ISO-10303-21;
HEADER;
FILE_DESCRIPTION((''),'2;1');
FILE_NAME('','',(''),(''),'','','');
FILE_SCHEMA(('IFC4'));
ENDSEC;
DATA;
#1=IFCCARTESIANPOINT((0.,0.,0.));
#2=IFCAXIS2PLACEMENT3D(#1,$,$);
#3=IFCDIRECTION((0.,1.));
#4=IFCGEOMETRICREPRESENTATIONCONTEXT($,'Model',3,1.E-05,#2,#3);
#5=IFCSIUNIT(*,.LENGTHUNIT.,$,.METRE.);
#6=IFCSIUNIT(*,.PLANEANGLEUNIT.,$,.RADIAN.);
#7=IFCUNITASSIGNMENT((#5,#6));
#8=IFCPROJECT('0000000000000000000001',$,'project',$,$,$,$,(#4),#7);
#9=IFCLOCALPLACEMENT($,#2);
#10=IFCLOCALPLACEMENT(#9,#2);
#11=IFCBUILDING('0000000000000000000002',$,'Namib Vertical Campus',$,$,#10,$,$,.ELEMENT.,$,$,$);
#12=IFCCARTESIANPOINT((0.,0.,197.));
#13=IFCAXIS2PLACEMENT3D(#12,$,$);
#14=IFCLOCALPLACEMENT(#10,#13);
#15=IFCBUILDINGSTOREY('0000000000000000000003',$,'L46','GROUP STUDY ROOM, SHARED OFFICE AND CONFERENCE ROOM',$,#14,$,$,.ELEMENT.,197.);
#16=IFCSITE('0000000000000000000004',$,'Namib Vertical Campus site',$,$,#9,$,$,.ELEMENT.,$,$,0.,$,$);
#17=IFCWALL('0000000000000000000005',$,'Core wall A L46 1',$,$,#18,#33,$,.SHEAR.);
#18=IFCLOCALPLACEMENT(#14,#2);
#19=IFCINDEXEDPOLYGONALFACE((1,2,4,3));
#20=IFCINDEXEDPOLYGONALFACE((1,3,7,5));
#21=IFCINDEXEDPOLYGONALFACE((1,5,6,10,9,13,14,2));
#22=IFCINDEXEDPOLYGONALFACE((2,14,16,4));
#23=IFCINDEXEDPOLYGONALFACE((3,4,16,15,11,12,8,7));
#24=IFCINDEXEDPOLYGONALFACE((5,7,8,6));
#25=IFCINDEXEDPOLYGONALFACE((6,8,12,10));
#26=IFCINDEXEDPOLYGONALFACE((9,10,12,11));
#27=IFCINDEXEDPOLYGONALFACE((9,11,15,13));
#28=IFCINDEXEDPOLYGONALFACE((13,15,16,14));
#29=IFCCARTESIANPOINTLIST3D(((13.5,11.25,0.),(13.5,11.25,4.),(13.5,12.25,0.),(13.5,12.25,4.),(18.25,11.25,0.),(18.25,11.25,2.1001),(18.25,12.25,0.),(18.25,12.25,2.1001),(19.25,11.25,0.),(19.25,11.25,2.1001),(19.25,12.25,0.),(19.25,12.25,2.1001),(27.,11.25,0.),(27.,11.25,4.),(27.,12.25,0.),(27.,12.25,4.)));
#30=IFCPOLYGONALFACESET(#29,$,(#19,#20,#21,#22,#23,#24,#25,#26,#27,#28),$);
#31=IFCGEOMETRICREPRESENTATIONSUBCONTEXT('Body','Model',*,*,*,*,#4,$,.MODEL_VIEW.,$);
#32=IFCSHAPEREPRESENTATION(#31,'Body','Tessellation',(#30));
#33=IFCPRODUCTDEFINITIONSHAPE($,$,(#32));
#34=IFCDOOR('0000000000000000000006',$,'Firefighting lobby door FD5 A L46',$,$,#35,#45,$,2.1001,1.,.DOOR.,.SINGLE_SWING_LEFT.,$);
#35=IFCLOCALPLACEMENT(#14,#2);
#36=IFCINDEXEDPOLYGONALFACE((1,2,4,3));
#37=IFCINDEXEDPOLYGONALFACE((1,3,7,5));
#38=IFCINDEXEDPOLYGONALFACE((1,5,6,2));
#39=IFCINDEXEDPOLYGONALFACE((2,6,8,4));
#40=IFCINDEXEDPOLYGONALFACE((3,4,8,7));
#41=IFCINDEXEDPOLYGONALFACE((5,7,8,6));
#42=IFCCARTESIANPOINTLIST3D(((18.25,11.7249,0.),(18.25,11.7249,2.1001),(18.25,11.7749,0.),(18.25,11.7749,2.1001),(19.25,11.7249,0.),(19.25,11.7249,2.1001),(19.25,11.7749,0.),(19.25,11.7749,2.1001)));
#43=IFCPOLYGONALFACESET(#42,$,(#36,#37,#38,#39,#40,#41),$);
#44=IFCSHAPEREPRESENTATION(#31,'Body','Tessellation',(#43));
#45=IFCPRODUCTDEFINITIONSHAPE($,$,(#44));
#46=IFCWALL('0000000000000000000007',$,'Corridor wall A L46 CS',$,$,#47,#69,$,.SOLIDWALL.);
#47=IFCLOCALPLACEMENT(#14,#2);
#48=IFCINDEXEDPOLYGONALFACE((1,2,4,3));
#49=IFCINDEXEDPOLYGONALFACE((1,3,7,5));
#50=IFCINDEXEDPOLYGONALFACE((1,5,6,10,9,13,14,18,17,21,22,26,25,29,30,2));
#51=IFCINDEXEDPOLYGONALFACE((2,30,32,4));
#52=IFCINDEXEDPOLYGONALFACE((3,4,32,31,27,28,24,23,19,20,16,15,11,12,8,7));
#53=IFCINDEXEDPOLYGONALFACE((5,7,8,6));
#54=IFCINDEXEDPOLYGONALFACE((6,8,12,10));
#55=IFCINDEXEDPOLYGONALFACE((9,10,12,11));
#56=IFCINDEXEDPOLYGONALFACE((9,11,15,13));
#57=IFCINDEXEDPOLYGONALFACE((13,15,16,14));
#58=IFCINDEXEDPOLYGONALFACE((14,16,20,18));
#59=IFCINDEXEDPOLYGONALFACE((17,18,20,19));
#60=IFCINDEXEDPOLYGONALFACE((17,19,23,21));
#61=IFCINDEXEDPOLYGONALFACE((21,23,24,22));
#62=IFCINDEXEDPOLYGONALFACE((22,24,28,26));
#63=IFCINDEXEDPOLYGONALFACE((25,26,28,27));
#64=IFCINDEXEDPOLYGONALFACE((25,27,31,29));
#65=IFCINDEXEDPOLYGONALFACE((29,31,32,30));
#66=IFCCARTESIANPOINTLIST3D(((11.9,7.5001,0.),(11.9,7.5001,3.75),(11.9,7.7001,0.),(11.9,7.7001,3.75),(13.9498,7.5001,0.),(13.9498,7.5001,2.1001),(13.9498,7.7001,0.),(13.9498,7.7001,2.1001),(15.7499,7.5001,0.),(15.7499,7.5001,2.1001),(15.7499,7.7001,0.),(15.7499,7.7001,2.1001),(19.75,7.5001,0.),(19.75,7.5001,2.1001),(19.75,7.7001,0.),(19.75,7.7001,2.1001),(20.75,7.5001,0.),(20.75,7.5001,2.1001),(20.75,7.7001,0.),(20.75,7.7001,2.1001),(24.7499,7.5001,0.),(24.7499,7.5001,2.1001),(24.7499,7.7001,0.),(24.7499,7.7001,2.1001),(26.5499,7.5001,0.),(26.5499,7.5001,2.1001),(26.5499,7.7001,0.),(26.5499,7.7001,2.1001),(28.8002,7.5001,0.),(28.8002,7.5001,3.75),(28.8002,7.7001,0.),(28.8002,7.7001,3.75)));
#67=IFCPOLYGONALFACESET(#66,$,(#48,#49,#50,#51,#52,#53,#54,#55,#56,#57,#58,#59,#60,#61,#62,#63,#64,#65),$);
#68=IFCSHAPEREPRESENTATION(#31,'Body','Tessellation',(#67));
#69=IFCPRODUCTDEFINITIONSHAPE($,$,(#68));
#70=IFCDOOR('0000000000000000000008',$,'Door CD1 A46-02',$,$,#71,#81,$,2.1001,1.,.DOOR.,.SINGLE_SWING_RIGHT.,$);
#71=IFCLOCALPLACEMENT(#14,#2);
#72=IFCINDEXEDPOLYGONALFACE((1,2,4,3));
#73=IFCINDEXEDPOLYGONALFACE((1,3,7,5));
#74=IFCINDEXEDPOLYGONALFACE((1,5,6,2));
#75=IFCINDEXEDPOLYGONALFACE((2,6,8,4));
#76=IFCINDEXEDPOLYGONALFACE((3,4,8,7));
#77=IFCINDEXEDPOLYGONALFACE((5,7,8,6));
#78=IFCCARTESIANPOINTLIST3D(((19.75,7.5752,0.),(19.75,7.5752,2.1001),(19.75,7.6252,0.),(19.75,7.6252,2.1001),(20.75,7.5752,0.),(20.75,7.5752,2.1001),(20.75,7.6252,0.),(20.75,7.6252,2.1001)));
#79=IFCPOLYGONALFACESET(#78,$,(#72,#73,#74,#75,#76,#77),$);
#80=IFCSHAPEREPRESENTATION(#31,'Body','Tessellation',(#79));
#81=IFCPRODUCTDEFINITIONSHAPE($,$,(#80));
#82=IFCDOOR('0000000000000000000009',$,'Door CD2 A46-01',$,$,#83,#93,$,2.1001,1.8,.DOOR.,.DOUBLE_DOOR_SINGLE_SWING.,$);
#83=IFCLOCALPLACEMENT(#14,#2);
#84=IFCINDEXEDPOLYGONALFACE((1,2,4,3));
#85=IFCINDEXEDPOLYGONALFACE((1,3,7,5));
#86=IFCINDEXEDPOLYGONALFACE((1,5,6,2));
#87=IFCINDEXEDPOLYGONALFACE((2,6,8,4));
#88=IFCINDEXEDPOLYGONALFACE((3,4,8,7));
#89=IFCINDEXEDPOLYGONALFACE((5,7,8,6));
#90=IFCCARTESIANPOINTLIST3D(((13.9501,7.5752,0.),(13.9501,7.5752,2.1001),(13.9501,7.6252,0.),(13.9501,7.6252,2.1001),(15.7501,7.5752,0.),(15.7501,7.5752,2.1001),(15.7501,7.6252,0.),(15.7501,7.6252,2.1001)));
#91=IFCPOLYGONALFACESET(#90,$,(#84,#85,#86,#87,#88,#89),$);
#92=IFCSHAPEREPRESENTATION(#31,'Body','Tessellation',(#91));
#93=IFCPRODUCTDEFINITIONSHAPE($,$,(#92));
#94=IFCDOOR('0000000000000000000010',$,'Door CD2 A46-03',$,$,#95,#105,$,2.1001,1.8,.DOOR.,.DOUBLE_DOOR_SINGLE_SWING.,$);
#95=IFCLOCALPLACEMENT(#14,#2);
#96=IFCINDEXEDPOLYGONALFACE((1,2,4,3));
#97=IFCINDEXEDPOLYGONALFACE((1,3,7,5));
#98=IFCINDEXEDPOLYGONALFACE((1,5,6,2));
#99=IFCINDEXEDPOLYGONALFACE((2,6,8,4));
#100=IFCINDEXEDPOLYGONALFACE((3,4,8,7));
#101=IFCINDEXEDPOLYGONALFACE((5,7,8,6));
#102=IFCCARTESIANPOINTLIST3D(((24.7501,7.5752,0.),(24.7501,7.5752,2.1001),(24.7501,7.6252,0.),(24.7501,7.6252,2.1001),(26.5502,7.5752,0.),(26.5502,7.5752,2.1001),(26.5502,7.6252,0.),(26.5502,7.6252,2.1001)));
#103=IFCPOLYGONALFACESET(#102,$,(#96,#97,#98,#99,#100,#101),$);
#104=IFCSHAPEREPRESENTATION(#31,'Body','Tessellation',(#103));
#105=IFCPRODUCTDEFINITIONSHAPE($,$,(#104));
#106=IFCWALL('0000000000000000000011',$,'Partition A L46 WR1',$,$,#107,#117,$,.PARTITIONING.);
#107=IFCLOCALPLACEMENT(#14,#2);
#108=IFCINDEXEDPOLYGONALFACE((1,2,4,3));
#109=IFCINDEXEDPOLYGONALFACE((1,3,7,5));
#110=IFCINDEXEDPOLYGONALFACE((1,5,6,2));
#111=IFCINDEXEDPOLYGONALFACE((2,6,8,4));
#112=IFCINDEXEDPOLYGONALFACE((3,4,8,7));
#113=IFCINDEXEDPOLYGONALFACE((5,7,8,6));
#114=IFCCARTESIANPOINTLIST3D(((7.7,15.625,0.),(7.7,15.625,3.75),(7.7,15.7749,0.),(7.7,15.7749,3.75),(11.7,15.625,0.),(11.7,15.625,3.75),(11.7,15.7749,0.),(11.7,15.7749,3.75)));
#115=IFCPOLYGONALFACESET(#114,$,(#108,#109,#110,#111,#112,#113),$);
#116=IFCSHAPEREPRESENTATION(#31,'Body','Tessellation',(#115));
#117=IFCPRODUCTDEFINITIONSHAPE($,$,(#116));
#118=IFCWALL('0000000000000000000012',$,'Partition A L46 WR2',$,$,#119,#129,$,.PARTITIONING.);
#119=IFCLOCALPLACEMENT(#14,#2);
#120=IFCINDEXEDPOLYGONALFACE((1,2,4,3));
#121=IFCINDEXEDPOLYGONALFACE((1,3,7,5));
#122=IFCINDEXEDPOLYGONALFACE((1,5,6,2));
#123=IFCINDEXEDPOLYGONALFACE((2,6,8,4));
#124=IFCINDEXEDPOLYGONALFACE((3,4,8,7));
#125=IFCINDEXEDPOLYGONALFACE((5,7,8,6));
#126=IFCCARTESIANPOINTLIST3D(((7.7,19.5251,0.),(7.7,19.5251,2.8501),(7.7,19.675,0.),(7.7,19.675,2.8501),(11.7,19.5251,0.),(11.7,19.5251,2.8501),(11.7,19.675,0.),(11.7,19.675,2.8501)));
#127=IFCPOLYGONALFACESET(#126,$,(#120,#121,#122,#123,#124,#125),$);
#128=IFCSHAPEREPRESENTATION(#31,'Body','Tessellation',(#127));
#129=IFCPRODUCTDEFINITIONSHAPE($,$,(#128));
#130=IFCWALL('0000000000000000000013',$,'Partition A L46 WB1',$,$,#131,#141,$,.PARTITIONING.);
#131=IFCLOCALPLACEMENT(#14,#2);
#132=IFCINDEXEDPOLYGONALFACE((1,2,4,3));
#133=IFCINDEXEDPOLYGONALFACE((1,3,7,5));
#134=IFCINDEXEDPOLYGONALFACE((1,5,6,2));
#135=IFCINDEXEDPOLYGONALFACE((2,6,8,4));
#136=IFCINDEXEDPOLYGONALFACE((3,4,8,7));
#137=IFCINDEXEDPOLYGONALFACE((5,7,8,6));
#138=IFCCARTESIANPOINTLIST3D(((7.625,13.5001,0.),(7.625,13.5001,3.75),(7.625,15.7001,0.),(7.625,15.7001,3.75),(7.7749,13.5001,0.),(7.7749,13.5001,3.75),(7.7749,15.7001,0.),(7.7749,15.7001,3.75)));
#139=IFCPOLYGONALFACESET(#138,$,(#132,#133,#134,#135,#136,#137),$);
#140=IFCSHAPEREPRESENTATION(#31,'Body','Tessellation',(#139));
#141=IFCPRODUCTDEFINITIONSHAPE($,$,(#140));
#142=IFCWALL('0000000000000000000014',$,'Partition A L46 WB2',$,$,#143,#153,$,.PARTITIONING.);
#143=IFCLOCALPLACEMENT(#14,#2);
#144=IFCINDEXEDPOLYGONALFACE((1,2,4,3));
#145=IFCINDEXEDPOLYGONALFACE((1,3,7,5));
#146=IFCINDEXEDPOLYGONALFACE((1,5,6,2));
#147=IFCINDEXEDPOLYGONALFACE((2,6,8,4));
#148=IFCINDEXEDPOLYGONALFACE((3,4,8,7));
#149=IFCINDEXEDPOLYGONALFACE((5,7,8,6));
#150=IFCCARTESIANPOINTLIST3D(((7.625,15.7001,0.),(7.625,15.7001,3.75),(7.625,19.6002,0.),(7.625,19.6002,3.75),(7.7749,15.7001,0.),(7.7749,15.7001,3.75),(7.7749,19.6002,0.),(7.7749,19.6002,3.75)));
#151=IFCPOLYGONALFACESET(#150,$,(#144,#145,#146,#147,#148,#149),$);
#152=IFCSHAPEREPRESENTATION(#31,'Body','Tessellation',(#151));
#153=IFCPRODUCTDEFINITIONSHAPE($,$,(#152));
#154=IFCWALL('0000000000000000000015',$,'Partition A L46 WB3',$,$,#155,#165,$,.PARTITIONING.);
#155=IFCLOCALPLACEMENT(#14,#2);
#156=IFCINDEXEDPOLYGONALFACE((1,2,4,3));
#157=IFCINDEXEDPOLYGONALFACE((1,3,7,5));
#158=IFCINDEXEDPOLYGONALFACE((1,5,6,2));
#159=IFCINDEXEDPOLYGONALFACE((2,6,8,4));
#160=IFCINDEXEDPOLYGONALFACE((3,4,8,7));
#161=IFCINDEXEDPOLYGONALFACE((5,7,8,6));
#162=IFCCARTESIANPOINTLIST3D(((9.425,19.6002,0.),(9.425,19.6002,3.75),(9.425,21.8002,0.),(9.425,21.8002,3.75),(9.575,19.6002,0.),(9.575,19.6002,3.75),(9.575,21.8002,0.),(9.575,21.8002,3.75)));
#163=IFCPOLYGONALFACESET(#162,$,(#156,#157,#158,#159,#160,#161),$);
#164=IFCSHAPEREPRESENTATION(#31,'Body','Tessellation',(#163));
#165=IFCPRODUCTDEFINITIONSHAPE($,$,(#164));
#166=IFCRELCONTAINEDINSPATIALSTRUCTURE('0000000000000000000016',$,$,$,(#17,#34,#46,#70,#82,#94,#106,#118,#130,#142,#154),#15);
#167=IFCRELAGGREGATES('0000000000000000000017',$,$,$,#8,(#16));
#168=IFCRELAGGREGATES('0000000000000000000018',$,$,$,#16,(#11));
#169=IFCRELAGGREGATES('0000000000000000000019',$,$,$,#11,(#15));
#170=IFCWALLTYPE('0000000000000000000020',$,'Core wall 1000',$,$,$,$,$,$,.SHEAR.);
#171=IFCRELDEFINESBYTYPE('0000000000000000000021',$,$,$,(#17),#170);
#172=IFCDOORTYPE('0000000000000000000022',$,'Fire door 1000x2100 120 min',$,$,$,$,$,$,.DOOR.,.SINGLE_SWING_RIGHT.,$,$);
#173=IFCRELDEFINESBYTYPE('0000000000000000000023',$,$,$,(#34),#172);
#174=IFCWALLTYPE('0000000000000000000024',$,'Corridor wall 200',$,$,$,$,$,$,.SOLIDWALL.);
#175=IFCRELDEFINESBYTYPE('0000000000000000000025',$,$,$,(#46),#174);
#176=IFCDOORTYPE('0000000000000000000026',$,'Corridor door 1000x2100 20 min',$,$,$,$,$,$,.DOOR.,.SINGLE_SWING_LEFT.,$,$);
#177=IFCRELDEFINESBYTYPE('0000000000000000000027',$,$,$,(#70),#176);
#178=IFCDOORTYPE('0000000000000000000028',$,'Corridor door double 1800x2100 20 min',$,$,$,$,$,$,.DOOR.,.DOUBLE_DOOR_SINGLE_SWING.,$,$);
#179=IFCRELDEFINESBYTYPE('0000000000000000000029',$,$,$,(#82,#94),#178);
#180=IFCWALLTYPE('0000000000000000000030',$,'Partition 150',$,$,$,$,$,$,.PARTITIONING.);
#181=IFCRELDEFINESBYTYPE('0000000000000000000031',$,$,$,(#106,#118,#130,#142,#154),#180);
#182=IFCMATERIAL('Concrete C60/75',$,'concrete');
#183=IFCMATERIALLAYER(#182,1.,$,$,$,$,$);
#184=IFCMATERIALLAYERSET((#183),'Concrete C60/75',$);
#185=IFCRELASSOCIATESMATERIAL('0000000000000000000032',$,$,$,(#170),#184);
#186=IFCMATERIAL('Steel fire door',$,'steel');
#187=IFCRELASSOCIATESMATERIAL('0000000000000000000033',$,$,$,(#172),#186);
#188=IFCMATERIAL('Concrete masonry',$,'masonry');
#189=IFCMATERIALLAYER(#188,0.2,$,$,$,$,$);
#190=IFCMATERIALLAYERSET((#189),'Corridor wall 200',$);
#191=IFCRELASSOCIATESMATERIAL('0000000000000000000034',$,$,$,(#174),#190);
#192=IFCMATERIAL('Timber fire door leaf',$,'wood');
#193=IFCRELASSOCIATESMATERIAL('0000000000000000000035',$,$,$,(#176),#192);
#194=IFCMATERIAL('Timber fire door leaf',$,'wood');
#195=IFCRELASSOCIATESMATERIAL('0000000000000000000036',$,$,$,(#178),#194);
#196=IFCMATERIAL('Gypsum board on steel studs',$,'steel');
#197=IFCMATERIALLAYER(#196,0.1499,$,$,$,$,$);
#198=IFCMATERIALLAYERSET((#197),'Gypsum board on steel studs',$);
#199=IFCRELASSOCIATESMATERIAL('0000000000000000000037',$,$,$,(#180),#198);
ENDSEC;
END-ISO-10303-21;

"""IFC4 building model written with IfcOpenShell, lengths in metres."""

from ifc_helpers import new_model, si_unit, direction, frame, frame_2d, origin, place, context, subcontext, project, spatial, rectangle, extrude, material, layer, layer_set, type_object, element, fill, save


model = new_model("IFC4")

# Units and contexts
model_context = context("Model", 3, precision=1e-05, world=origin(), true_north=direction((0.0, 1.0)))
body_context = subcontext(model_context, "Body", "Model", "MODEL_VIEW")
ifc_project = project(units=[si_unit("LENGTHUNIT", "METRE"), si_unit("PLANEANGLEUNIT", "RADIAN")], contexts=[model_context])

# Site, building, storey
site_placement = place(None, origin())
site = spatial("IfcSite", under=ifc_project, at=site_placement, Name="Namib Vertical Campus site", CompositionType="ELEMENT", RefElevation=0.0)
building_placement = place(site_placement, origin())
building = spatial("IfcBuilding", under=site, at=building_placement, Name="Namib Vertical Campus", CompositionType="ELEMENT")
storey_placement = place(building_placement, frame((0.0, 0.0, 197.0)))
storey = spatial("IfcBuildingStorey", under=building, at=storey_placement, Name="L46", Description="GROUP STUDY ROOM, SHARED OFFICE AND CONFERENCE ROOM", CompositionType="ELEMENT", Elevation=197.0)

# Wall, opening, door
ifc_material_1 = material(Name="Concrete C60/75", Category="concrete")
ifc_layer_1 = layer(ifc_material_1, 1.0)
ifc_layer_set_1 = layer_set([ifc_layer_1], Name="Concrete C60/75")
wall_type_1 = type_object("IfcWallType", Name="Core wall 1000", PredefinedType="SHEAR", material=ifc_layer_set_1)
wall_1_placement = place(storey_placement, frame((13.5, 11.75, 0.0), z_axis=(0.0, 0.0, 1.0), x_axis=(1.0, 0.0, 0.0)))
wall_1 = element("IfcWall", 1, at=wall_1_placement, inside=storey, type_object=wall_type_1, Name="Core wall A L46 1", PredefinedType="SHEAR", context=body_context, shape_type="SweptSolid", body=[
    extrude(rectangle(XDim=13.5, YDim=1.0, at=frame_2d((6.75, 0.0))), origin(), (0.0, 0.0, 1.0), 4.0),
])
opening_1_placement = place(wall_1_placement, frame((4.75, 0.0, 0.0)))
opening_1 = element("IfcOpeningElement", 2, at=opening_1_placement, cuts=wall_1, PredefinedType="OPENING", context=body_context, shape_type="SweptSolid", body=[
    extrude(rectangle(XDim=1.0, YDim=2.1001, at=frame_2d((0.5, 1.05))), frame((0.0, 0.51, 0.0), z_axis=(0.0, -1.0, 0.0), x_axis=(1.0, 0.0, 0.0)), (0.0, 0.0, 1.0), 1.02),
])
ifc_material_2 = material(Name="Steel fire door", Category="steel")
door_type_1 = type_object("IfcDoorType", Name="Fire door 1000x2100 120 min", OperationType="SINGLE_SWING_RIGHT", PredefinedType="DOOR", material=ifc_material_2)
door_1_placement = place(opening_1_placement, origin())
door_1 = element("IfcDoor", 3, at=door_1_placement, inside=storey, type_object=door_type_1, Name="Firefighting lobby door FD5 A L46", OperationType="SINGLE_SWING_LEFT", OverallHeight=2.1001, OverallWidth=1.0, PredefinedType="DOOR", context=body_context, shape_type="SweptSolid", body=[
    extrude(rectangle(XDim=1.0, YDim=2.1001, at=frame_2d((0.5, 1.05))), frame((0.0, 0.0249, 0.0), z_axis=(0.0, -1.0, 0.0), x_axis=(1.0, 0.0, 0.0)), (0.0, 0.0, 1.0), 0.05),
])
fill(opening_1, door_1)

# Wall, openings, doors
ifc_material_3 = material(Name="Concrete masonry", Category="masonry")
ifc_layer_2 = layer(ifc_material_3, 0.2)
ifc_layer_set_2 = layer_set([ifc_layer_2], Name="Corridor wall 200")
wall_type_2 = type_object("IfcWallType", Name="Corridor wall 200", PredefinedType="SOLIDWALL", material=ifc_layer_set_2)
wall_2_placement = place(storey_placement, frame((11.8999, 7.6001, 0.0), z_axis=(0.0, 0.0, 1.0), x_axis=(1.0, 0.0, 0.0)))
wall_2 = element("IfcWall", 4, at=wall_2_placement, inside=storey, type_object=wall_type_2, Name="Corridor wall A L46 CS", PredefinedType="SOLIDWALL", context=body_context, shape_type="SweptSolid", body=[
    extrude(rectangle(XDim=16.9001, YDim=0.2, at=frame_2d((8.4502, 0.0))), origin(), (0.0, 0.0, 1.0), 3.75),
])
opening_2_placement = place(wall_2_placement, frame((2.05, 0.0, 0.0)))
opening_2 = element("IfcOpeningElement", 5, at=opening_2_placement, cuts=wall_2, PredefinedType="OPENING", context=body_context, shape_type="SweptSolid", body=[
    extrude(rectangle(XDim=1.8, YDim=2.1001, at=frame_2d((0.8999, 1.05))), frame((0.0, 0.1099, 0.0), z_axis=(0.0, -1.0, 0.0), x_axis=(1.0, 0.0, 0.0)), (0.0, 0.0, 1.0), 0.22),
])
opening_3_placement = place(wall_2_placement, frame((7.8501, 0.0, 0.0)))
opening_3 = element("IfcOpeningElement", 6, at=opening_3_placement, cuts=wall_2, PredefinedType="OPENING", context=body_context, shape_type="SweptSolid", body=[
    extrude(rectangle(XDim=1.0, YDim=2.1001, at=frame_2d((0.5, 1.05))), frame((0.0, 0.1099, 0.0), z_axis=(0.0, -1.0, 0.0), x_axis=(1.0, 0.0, 0.0)), (0.0, 0.0, 1.0), 0.22),
])
opening_4_placement = place(wall_2_placement, frame((12.8501, 0.0, 0.0)))
opening_4 = element("IfcOpeningElement", 7, at=opening_4_placement, cuts=wall_2, PredefinedType="OPENING", context=body_context, shape_type="SweptSolid", body=[
    extrude(rectangle(XDim=1.8, YDim=2.1001, at=frame_2d((0.8999, 1.05))), frame((0.0, 0.1099, 0.0), z_axis=(0.0, -1.0, 0.0), x_axis=(1.0, 0.0, 0.0)), (0.0, 0.0, 1.0), 0.22),
])
ifc_material_4 = material(Name="Timber fire door leaf", Category="wood")
door_type_2 = type_object("IfcDoorType", Name="Corridor door 1000x2100 20 min", OperationType="SINGLE_SWING_LEFT", PredefinedType="DOOR", material=ifc_material_4)
door_2_placement = place(opening_3_placement, frame((1.0, 0.0, 0.0), z_axis=(0.0, 0.0, 1.0), x_axis=(-1.0, 0.0, 0.0)))
door_2 = element("IfcDoor", 8, at=door_2_placement, inside=storey, type_object=door_type_2, Name="Door CD1 A46-02", OperationType="SINGLE_SWING_RIGHT", OverallHeight=2.1001, OverallWidth=1.0, PredefinedType="DOOR", context=body_context, shape_type="SweptSolid", body=[
    extrude(rectangle(XDim=1.0, YDim=2.1001, at=frame_2d((0.5, 1.05))), frame((0.0, 0.0249, 0.0), z_axis=(0.0, -1.0, 0.0), x_axis=(1.0, 0.0, 0.0)), (0.0, 0.0, 1.0), 0.05),
])
fill(opening_3, door_2)
ifc_material_5 = material(Name="Timber fire door leaf", Category="wood")
door_type_3 = type_object("IfcDoorType", Name="Corridor door double 1800x2100 20 min", OperationType="DOUBLE_DOOR_SINGLE_SWING", PredefinedType="DOOR", material=ifc_material_5)
door_3_placement = place(opening_2_placement, frame((1.8, 0.0, 0.0), z_axis=(0.0, 0.0, 1.0), x_axis=(-1.0, 0.0, 0.0)))
door_3 = element("IfcDoor", 9, at=door_3_placement, inside=storey, type_object=door_type_3, Name="Door CD2 A46-01", OperationType="DOUBLE_DOOR_SINGLE_SWING", OverallHeight=2.1001, OverallWidth=1.8, PredefinedType="DOOR", context=body_context, shape_type="SweptSolid", body=[
    extrude(rectangle(XDim=1.8, YDim=2.1001, at=frame_2d((0.8999, 1.05))), frame((0.0, 0.0249, 0.0), z_axis=(0.0, -1.0, 0.0), x_axis=(1.0, 0.0, 0.0)), (0.0, 0.0, 1.0), 0.05),
])
fill(opening_2, door_3)
door_4_placement = place(opening_4_placement, frame((1.8, 0.0, 0.0), z_axis=(0.0, 0.0, 1.0), x_axis=(-1.0, 0.0, 0.0)))
door_4 = element("IfcDoor", 10, at=door_4_placement, inside=storey, type_object=door_type_3, Name="Door CD2 A46-03", OperationType="DOUBLE_DOOR_SINGLE_SWING", OverallHeight=2.1001, OverallWidth=1.8, PredefinedType="DOOR", context=body_context, shape_type="SweptSolid", body=[
    extrude(rectangle(XDim=1.8, YDim=2.1001, at=frame_2d((0.8999, 1.05))), frame((0.0, 0.0249, 0.0), z_axis=(0.0, -1.0, 0.0), x_axis=(1.0, 0.0, 0.0)), (0.0, 0.0, 1.0), 0.05),
])
fill(opening_4, door_4)

# Walls
ifc_material_6 = material(Name="Gypsum board on steel studs", Category="steel")
ifc_layer_3 = layer(ifc_material_6, 0.1499)
ifc_layer_set_3 = layer_set([ifc_layer_3], Name="Gypsum board on steel studs")
wall_type_3 = type_object("IfcWallType", Name="Partition 150", PredefinedType="PARTITIONING", material=ifc_layer_set_3)
wall_3_placement = place(storey_placement, frame((11.7, 15.7, 0.0), z_axis=(0.0, 0.0, 1.0), x_axis=(-1.0, 0.0, 0.0)))
element("IfcWall", 11, at=wall_3_placement, inside=storey, type_object=wall_type_3, Name="Partition A L46 WR1", PredefinedType="PARTITIONING", context=body_context, shape_type="SweptSolid", body=[
    extrude(rectangle(XDim=4.0, YDim=0.1499, at=frame_2d((2.0, 0.0))), origin(), (0.0, 0.0, 1.0), 3.75),
])
wall_4_placement = place(storey_placement, frame((11.7, 19.6001, 0.0), z_axis=(0.0, 0.0, 1.0), x_axis=(-1.0, 0.0, 0.0)))
element("IfcWall", 12, at=wall_4_placement, inside=storey, type_object=wall_type_3, Name="Partition A L46 WR2", PredefinedType="PARTITIONING", context=body_context, shape_type="SweptSolid", body=[
    extrude(rectangle(XDim=4.0, YDim=0.1499, at=frame_2d((2.0, 0.0))), origin(), (0.0, 0.0, 1.0), 2.8501),
])
wall_5_placement = place(storey_placement, frame((7.7, 13.5, 0.0), z_axis=(0.0, 0.0, 1.0), x_axis=(0.0, 1.0, 0.0)))
element("IfcWall", 13, at=wall_5_placement, inside=storey, type_object=wall_type_3, Name="Partition A L46 WB1", PredefinedType="PARTITIONING", context=body_context, shape_type="SweptSolid", body=[
    extrude(rectangle(XDim=2.2, YDim=0.1499, at=frame_2d((1.1001, 0.0))), origin(), (0.0, 0.0, 1.0), 3.75),
])
wall_6_placement = place(storey_placement, frame((7.7, 15.7, 0.0), z_axis=(0.0, 0.0, 1.0), x_axis=(0.0, 1.0, 0.0)))
element("IfcWall", 14, at=wall_6_placement, inside=storey, type_object=wall_type_3, Name="Partition A L46 WB2", PredefinedType="PARTITIONING", context=body_context, shape_type="SweptSolid", body=[
    extrude(rectangle(XDim=3.9001, YDim=0.1499, at=frame_2d((1.9502, 0.0))), origin(), (0.0, 0.0, 1.0), 3.75),
])
wall_7_placement = place(storey_placement, frame((9.5, 19.6001, 0.0), z_axis=(0.0, 0.0, 1.0), x_axis=(0.0, 1.0, 0.0)))
element("IfcWall", 15, at=wall_7_placement, inside=storey, type_object=wall_type_3, Name="Partition A L46 WB3", PredefinedType="PARTITIONING", context=body_context, shape_type="SweptSolid", body=[
    extrude(rectangle(XDim=2.2, YDim=0.1499, at=frame_2d((1.1001, 0.0))), origin(), (0.0, 0.0, 1.0), 3.75),
])

save(model, "model.ifc")
